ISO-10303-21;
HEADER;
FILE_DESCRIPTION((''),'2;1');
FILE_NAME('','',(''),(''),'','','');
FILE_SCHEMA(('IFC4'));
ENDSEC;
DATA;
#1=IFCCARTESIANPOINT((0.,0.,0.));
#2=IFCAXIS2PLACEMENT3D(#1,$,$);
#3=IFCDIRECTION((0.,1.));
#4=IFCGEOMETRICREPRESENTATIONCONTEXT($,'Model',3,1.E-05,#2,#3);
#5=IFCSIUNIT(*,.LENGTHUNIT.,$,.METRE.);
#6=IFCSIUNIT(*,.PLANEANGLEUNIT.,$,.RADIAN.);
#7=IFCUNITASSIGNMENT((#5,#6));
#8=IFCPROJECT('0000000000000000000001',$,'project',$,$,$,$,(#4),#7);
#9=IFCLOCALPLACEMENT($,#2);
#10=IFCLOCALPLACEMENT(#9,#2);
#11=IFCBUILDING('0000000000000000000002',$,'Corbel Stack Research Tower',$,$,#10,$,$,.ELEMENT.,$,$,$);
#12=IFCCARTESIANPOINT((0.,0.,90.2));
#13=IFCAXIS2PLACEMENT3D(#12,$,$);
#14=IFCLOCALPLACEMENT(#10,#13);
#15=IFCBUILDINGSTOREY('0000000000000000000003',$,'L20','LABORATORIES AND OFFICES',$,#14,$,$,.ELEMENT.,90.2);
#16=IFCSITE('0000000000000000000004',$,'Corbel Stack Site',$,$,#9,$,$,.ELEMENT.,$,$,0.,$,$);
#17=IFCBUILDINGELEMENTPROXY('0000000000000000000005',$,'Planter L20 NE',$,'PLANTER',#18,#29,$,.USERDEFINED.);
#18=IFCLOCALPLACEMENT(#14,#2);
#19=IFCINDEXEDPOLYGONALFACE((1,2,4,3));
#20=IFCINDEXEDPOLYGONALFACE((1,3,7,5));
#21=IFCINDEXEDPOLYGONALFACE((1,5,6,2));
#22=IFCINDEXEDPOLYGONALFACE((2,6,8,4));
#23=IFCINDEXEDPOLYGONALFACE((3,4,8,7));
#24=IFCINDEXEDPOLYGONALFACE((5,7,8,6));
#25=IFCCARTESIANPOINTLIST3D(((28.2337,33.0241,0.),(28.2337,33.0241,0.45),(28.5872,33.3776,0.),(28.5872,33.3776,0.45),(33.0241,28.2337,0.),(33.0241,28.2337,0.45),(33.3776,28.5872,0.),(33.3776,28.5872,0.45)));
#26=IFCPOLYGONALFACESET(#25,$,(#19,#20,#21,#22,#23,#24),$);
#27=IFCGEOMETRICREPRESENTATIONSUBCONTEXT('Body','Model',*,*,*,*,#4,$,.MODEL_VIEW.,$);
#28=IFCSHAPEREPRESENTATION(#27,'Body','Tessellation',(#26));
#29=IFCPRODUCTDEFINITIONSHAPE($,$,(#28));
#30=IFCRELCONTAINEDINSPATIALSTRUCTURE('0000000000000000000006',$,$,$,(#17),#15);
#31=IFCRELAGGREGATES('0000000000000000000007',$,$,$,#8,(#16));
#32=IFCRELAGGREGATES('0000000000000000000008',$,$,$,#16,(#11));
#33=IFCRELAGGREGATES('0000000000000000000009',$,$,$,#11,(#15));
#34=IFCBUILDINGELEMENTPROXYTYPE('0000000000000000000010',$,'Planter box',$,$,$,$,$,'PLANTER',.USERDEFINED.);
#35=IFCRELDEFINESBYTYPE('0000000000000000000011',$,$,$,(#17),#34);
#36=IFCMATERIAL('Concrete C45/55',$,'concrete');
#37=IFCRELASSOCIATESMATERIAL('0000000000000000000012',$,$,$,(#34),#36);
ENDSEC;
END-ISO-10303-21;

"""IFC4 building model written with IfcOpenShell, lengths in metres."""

from ifc_helpers import new_model, si_unit, direction, frame, origin, origin_2d, place, context, subcontext, project, spatial, rectangle, extrude, material, type_object, element, save


model = new_model("IFC4")

# Units and contexts
model_context = context("Model", 3, precision=1e-05, world=origin(), true_north=direction((0.0, 1.0)))
body_context = subcontext(model_context, "Body", "Model", "MODEL_VIEW")
ifc_project = project(units=[si_unit("LENGTHUNIT", "METRE"), si_unit("PLANEANGLEUNIT", "RADIAN")], contexts=[model_context])

# Site, building, storey
site_placement = place(None, origin())
site = spatial("IfcSite", under=ifc_project, at=site_placement, Name="Corbel Stack Site", CompositionType="ELEMENT", RefElevation=0.0)
building_placement = place(site_placement, origin())
building = spatial("IfcBuilding", under=site, at=building_placement, Name="Corbel Stack Research Tower", CompositionType="ELEMENT")
storey_placement = place(building_placement, frame((0.0, 0.0, 90.2)))
storey = spatial("IfcBuildingStorey", under=building, at=storey_placement, Name="L20", Description="LABORATORIES AND OFFICES", CompositionType="ELEMENT", Elevation=90.2)

# Building element proxy
ifc_material_1 = material(Name="Concrete C45/55", Category="concrete")
building_element_proxy_type = type_object("IfcBuildingElementProxyType", Name="Planter box", ElementType="PLANTER", PredefinedType="USERDEFINED", material=ifc_material_1)
proxy_placement = place(storey_placement, frame((30.8057, 30.8057, 0.0), z_axis=(0.0, 0.0, 1.0), x_axis=(-0.707107, 0.707107, 0.0)))
element("IfcBuildingElementProxy", 1, at=proxy_placement, inside=storey, type_object=building_element_proxy_type, Name="Planter L20 NE", ObjectType="PLANTER", PredefinedType="USERDEFINED", context=body_context, shape_type="SweptSolid", body=[
    extrude(rectangle(XDim=6.7747, YDim=0.5, at=origin_2d()), origin(), (0.0, 0.0, 1.0), 0.45),
])

save(model, "model.ifc")
